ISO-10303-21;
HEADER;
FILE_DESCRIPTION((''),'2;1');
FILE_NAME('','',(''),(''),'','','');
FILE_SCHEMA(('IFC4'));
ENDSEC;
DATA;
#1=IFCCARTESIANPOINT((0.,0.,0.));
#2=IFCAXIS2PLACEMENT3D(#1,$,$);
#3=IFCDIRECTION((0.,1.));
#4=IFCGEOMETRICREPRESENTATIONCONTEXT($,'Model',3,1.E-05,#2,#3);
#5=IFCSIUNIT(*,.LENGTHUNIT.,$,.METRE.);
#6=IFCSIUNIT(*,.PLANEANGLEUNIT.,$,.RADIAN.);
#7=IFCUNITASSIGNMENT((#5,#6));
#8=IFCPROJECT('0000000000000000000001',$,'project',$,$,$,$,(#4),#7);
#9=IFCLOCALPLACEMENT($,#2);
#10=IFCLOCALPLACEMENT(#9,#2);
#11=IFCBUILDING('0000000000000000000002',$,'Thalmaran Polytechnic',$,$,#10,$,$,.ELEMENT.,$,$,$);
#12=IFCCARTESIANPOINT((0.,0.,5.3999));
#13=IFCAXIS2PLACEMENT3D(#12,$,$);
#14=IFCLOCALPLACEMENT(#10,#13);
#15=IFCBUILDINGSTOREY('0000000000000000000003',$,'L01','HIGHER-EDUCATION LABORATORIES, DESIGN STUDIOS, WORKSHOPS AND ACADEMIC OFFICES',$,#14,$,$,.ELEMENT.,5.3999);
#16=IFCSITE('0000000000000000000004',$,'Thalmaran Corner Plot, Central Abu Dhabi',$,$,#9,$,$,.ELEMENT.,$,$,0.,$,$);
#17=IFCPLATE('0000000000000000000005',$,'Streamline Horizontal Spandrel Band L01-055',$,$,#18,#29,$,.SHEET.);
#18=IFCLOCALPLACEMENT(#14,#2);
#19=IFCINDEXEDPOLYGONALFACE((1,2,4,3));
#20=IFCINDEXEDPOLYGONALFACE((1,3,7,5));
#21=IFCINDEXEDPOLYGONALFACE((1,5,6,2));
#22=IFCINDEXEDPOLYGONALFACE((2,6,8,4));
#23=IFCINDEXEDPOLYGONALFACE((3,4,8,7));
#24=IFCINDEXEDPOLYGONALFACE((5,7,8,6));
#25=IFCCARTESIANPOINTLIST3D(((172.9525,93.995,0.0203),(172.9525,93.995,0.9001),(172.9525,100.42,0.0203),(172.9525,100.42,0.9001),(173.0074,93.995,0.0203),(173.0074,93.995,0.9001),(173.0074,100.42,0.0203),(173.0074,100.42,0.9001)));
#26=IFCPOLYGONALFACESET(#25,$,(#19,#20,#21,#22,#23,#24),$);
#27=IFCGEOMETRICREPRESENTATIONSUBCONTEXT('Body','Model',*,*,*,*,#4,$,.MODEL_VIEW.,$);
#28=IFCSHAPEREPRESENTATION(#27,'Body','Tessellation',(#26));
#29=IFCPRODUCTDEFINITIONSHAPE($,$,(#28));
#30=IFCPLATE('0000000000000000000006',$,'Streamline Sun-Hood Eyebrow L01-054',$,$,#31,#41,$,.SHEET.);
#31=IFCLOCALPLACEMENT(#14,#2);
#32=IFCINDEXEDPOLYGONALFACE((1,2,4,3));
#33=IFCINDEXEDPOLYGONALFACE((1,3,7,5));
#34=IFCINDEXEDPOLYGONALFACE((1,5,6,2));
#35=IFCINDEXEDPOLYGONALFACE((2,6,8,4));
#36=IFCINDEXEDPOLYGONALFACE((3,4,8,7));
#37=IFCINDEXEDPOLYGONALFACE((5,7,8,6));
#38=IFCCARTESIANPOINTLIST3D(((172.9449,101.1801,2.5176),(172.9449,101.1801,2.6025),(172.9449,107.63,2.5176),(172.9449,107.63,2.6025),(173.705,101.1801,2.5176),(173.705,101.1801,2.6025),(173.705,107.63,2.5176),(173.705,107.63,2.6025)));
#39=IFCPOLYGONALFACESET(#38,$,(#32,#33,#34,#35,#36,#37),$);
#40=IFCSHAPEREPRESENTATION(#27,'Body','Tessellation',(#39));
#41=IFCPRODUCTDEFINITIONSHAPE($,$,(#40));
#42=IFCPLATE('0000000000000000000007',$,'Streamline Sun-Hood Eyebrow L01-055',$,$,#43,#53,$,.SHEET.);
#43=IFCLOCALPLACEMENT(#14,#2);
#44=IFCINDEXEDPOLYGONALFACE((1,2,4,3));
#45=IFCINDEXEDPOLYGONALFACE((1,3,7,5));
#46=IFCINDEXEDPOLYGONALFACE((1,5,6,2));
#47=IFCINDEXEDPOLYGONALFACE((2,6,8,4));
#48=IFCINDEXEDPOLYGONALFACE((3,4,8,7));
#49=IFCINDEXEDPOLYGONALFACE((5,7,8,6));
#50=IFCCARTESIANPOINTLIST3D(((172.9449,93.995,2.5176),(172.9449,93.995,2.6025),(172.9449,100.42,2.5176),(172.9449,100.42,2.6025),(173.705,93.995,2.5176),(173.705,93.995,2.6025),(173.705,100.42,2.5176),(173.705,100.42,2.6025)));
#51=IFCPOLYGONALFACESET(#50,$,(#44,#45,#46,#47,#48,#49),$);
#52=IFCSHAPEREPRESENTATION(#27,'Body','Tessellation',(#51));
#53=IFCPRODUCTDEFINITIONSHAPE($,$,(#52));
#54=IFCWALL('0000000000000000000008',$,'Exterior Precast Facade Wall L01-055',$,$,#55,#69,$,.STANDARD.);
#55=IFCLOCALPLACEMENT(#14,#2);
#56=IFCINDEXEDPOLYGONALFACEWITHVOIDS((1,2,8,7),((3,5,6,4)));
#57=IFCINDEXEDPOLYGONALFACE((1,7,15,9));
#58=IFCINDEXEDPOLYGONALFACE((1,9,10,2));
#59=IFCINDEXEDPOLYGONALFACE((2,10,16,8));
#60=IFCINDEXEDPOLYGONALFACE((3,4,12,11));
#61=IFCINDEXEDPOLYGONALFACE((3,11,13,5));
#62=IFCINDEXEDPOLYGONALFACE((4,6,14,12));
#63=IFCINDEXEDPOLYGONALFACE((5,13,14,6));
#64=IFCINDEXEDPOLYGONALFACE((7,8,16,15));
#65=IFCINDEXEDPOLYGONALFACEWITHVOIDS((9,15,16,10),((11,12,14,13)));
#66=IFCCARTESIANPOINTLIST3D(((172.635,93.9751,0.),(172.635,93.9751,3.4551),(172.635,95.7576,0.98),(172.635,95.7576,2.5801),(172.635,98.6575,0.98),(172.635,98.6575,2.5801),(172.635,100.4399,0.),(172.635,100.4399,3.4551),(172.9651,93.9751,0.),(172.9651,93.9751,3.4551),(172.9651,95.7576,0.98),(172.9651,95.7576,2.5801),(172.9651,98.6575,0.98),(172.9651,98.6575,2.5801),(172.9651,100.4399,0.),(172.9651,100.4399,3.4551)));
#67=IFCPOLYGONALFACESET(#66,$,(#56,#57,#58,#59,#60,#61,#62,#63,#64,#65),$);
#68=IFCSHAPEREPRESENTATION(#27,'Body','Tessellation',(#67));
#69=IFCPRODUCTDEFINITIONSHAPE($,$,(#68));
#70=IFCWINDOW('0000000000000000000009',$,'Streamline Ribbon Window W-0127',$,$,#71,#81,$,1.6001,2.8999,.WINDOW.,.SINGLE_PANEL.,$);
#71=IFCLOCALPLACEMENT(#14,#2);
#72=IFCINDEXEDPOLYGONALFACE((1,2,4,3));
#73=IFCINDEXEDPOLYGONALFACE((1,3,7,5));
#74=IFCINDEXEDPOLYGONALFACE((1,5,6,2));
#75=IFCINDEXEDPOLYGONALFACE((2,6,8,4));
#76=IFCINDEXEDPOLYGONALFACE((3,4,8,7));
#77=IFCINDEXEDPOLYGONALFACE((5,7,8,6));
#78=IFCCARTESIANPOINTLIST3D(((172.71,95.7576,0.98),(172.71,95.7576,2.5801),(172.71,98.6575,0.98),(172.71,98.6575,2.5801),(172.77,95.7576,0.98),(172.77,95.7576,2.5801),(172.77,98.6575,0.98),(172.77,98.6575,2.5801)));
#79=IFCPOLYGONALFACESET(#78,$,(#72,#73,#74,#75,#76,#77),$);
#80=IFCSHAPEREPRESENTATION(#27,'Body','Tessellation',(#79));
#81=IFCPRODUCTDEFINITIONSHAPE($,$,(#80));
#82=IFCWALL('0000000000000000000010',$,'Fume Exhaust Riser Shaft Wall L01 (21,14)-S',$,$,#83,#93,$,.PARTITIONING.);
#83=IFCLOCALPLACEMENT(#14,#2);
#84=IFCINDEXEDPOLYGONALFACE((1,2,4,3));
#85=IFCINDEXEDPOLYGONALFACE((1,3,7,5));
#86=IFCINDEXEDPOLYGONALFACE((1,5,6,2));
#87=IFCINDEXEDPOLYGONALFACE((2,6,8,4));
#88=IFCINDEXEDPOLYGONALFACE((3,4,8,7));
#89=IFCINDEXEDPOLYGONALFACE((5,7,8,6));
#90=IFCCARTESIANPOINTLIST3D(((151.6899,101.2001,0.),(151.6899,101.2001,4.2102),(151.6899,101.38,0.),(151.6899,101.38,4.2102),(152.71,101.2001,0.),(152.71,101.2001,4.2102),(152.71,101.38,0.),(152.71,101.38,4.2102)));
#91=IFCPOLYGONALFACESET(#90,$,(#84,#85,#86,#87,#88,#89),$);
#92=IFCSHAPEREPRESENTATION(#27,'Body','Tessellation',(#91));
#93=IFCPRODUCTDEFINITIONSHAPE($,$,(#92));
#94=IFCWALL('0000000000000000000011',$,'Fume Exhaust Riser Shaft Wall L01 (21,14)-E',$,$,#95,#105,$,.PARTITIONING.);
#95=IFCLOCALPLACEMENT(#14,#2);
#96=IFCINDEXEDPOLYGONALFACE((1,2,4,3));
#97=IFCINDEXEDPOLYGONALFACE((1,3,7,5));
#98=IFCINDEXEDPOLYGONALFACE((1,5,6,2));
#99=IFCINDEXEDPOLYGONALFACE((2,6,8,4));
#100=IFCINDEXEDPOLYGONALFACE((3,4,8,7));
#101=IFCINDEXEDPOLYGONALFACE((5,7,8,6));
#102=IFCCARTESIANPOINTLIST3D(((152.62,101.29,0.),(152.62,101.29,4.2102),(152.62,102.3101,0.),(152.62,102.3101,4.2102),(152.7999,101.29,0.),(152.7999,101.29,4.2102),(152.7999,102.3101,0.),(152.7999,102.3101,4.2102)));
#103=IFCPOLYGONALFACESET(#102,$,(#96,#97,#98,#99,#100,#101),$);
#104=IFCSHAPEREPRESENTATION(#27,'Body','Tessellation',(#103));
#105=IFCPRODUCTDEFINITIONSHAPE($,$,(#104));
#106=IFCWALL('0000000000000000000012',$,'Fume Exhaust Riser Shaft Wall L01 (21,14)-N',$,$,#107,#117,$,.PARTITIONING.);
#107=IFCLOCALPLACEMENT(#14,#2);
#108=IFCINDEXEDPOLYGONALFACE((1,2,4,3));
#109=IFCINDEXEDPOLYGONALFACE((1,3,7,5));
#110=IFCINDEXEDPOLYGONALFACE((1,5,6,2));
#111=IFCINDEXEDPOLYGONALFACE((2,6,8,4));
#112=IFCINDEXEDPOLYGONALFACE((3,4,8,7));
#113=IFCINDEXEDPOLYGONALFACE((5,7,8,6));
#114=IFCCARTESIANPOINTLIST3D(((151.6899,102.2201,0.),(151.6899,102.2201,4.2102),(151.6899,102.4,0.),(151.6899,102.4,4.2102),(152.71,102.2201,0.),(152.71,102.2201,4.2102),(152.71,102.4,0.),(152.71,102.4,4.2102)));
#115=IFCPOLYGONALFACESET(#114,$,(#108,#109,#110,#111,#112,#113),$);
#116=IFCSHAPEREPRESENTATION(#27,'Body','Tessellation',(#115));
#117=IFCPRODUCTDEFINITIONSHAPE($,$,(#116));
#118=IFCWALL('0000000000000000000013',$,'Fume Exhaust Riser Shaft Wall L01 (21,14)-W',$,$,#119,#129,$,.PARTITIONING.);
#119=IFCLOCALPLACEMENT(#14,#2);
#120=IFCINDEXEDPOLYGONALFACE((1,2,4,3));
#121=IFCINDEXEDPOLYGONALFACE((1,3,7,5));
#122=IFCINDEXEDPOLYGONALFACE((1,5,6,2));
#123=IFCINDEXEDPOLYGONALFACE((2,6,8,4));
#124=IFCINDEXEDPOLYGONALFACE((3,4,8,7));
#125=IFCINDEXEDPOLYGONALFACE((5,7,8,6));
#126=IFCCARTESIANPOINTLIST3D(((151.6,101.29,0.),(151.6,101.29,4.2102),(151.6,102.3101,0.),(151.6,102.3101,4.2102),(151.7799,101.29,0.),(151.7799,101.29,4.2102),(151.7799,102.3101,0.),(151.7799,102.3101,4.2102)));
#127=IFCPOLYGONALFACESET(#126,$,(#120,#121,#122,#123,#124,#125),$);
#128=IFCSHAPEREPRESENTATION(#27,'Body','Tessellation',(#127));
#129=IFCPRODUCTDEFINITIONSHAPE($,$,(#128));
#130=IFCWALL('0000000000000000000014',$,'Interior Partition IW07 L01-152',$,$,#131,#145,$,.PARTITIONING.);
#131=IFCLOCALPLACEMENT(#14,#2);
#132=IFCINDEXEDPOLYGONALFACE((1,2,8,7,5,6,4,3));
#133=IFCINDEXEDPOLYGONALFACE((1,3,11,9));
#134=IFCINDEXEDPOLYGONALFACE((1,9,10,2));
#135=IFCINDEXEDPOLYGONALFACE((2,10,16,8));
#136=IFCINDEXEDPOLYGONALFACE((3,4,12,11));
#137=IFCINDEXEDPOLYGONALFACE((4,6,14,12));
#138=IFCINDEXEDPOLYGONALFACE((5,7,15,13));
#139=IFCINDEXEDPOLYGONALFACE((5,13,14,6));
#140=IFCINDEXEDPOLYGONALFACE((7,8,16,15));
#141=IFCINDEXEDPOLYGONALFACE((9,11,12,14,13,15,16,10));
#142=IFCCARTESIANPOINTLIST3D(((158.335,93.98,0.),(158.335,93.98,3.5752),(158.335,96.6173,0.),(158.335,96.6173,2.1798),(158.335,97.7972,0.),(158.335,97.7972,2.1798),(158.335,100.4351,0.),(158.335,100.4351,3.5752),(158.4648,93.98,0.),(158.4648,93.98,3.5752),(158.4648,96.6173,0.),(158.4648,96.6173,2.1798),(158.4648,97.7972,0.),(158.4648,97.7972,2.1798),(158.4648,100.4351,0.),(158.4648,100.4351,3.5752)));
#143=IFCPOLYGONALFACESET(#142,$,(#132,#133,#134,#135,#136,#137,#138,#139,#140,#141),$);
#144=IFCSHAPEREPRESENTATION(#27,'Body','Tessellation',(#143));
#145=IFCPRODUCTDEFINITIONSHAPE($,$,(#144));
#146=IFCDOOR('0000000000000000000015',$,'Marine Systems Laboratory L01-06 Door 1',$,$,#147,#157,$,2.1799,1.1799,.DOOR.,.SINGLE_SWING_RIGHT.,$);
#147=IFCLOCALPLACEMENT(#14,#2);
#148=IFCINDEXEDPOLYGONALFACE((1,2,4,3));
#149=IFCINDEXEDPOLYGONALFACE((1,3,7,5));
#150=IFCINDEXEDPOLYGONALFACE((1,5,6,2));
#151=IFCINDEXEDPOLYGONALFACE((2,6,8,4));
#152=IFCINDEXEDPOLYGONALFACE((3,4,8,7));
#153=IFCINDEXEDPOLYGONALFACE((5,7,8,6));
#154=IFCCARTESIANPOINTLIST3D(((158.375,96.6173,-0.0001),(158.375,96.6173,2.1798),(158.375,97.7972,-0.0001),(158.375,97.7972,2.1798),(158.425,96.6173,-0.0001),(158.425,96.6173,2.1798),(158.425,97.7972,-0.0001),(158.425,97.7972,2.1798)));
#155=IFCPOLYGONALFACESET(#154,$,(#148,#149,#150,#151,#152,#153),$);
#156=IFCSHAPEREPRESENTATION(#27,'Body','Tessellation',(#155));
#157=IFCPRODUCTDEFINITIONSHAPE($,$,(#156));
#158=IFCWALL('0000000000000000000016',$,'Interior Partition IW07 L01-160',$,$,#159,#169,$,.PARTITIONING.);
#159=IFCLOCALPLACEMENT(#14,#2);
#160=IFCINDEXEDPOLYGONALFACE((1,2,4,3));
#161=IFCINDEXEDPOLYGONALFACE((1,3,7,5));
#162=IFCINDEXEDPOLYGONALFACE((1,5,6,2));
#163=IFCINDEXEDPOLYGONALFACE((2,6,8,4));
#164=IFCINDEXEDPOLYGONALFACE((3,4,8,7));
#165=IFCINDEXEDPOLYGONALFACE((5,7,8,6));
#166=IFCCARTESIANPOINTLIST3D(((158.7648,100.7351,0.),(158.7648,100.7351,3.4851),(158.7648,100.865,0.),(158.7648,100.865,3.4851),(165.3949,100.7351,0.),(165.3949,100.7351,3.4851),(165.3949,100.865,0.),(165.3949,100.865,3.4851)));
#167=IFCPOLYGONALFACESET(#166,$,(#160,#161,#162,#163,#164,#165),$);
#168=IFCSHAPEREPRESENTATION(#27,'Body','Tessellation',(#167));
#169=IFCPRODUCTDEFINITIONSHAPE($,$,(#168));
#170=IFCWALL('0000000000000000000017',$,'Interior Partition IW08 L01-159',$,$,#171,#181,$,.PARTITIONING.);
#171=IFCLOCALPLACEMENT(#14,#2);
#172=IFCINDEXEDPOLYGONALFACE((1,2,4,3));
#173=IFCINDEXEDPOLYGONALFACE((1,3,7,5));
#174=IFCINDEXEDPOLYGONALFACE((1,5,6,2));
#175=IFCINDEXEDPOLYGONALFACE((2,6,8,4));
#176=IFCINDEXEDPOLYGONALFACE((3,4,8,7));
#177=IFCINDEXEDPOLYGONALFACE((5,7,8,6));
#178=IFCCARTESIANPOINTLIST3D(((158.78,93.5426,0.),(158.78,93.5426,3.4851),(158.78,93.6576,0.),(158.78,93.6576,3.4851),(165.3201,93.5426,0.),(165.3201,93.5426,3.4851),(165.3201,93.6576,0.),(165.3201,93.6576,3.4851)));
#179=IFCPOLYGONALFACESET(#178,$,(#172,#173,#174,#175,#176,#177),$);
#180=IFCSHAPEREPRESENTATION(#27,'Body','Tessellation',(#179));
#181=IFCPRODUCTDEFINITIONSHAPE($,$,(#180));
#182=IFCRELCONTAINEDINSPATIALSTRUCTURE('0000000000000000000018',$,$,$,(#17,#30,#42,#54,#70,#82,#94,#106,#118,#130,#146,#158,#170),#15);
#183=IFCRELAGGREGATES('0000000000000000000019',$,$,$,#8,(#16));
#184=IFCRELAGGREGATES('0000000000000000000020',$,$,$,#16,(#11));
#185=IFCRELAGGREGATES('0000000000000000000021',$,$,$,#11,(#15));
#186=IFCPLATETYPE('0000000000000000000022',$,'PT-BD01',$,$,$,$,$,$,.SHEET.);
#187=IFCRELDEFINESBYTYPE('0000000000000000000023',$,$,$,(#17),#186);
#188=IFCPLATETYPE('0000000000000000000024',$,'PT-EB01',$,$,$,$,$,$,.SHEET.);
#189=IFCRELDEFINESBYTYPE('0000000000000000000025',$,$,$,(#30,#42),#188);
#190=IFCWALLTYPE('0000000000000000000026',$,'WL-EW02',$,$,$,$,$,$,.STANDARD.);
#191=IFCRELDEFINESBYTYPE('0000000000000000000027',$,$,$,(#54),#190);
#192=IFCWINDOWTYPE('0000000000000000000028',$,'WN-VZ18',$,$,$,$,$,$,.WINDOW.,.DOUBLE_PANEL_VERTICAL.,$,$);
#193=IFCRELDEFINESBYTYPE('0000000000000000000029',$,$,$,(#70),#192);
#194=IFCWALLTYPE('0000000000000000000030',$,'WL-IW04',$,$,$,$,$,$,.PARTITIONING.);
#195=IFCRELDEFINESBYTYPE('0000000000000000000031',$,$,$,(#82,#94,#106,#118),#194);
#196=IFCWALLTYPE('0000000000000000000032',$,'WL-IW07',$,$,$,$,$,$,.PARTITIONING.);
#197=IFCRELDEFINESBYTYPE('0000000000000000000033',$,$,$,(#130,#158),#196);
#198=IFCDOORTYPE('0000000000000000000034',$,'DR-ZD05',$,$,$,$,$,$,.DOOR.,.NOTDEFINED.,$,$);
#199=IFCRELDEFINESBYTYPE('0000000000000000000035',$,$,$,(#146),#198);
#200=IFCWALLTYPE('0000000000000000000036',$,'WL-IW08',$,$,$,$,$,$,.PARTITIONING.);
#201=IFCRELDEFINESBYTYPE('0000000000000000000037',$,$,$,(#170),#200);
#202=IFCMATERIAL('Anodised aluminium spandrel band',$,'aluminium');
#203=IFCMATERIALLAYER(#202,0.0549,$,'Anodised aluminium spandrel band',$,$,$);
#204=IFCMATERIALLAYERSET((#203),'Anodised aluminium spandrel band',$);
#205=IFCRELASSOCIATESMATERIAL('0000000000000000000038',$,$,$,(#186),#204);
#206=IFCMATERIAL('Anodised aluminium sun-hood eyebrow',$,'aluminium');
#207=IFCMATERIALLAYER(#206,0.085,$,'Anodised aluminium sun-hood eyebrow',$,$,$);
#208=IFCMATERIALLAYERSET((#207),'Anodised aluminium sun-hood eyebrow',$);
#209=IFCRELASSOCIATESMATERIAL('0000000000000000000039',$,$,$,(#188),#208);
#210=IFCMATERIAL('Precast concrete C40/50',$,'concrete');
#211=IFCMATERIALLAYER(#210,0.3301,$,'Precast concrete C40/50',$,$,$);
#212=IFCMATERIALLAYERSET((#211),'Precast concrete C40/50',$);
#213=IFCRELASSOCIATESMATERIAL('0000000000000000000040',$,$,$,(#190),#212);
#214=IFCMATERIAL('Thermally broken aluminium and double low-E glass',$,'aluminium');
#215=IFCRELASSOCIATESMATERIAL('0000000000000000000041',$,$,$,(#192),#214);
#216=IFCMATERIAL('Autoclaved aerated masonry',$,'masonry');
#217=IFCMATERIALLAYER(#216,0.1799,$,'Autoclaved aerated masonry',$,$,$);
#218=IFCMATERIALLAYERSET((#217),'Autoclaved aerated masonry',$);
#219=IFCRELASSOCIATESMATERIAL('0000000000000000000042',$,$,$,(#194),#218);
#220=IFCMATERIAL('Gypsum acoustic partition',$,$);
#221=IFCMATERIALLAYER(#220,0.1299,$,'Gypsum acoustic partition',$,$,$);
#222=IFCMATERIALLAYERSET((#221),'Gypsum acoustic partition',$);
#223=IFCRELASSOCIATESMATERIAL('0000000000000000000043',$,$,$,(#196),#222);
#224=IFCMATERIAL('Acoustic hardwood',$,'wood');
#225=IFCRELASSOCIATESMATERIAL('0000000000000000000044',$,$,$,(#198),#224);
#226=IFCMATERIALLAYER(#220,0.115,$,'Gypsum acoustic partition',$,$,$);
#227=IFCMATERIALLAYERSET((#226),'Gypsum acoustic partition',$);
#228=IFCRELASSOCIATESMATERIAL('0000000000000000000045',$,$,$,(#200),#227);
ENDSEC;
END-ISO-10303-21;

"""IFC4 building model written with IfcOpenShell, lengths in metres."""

from ifc_helpers import new_model, si_unit, direction, frame, frame_2d, origin, origin_2d, place, context, subcontext, project, spatial, rectangle, extrude, material, layer, layer_set, type_object, element, fill, save


model = new_model("IFC4")

# Units and contexts
model_context = context("Model", 3, precision=1e-05, world=origin(), true_north=direction((0.0, 1.0)))
body_context = subcontext(model_context, "Body", "Model", "MODEL_VIEW")
ifc_project = project(units=[si_unit("LENGTHUNIT", "METRE"), si_unit("PLANEANGLEUNIT", "RADIAN")], contexts=[model_context])

# Site, building, storey
site_placement = place(None, origin())
site = spatial("IfcSite", under=ifc_project, at=site_placement, Name="Thalmaran Corner Plot, Central Abu Dhabi", CompositionType="ELEMENT", RefElevation=0.0)
building_placement = place(site_placement, origin())
building = spatial("IfcBuilding", under=site, at=building_placement, Name="Thalmaran Polytechnic", CompositionType="ELEMENT")
storey_placement = place(building_placement, frame((0.0, 0.0, 5.3999)))
storey = spatial("IfcBuildingStorey", under=building, at=storey_placement, Name="L01", Description="HIGHER-EDUCATION LABORATORIES, DESIGN STUDIOS, WORKSHOPS AND ACADEMIC OFFICES", CompositionType="ELEMENT", Elevation=5.3999)

# Plates
ifc_material_1 = material(Name="Anodised aluminium spandrel band", Category="aluminium")
ifc_layer_1 = layer(ifc_material_1, 0.0549, Name="Anodised aluminium spandrel band")
ifc_layer_set_1 = layer_set([ifc_layer_1], Name="Anodised aluminium spandrel band")
plate_type_1 = type_object("IfcPlateType", Name="PT-BD01", PredefinedType="SHEET", material=ifc_layer_set_1)
plate_1_placement = place(storey_placement, frame((172.98, 97.2075, 0.0203), z_axis=(0.0, 0.0, 1.0), x_axis=(0.0, -1.0, 0.0)))
element("IfcPlate", 1, at=plate_1_placement, inside=storey, type_object=plate_type_1, Name="Streamline Horizontal Spandrel Band L01-055", PredefinedType="SHEET", context=body_context, shape_type="SweptSolid", body=[
    extrude(rectangle(XDim=6.425, YDim=0.0549, at=origin_2d()), origin(), (0.0, 0.0, 1.0), 0.8799),
])
ifc_material_2 = material(Name="Anodised aluminium sun-hood eyebrow", Category="aluminium")
ifc_layer_2 = layer(ifc_material_2, 0.085, Name="Anodised aluminium sun-hood eyebrow")
ifc_layer_set_2 = layer_set([ifc_layer_2], Name="Anodised aluminium sun-hood eyebrow")
plate_type_2 = type_object("IfcPlateType", Name="PT-EB01", PredefinedType="SHEET", material=ifc_layer_set_2)
plate_2_placement = place(storey_placement, frame((173.325, 104.405, 2.5176), z_axis=(0.0, 0.0, 1.0), x_axis=(0.0, -1.0, 0.0)))
element("IfcPlate", 2, at=plate_2_placement, inside=storey, type_object=plate_type_2, Name="Streamline Sun-Hood Eyebrow L01-054", PredefinedType="SHEET", context=body_context, shape_type="SweptSolid", body=[
    extrude(rectangle(XDim=6.45, YDim=0.76, at=origin_2d()), origin(), (0.0, 0.0, 1.0), 0.085),
])
plate_3_placement = place(storey_placement, frame((173.325, 97.2075, 2.5176), z_axis=(0.0, 0.0, 1.0), x_axis=(0.0, -1.0, 0.0)))
element("IfcPlate", 3, at=plate_3_placement, inside=storey, type_object=plate_type_2, Name="Streamline Sun-Hood Eyebrow L01-055", PredefinedType="SHEET", context=body_context, shape_type="SweptSolid", body=[
    extrude(rectangle(XDim=6.425, YDim=0.76, at=origin_2d()), origin(), (0.0, 0.0, 1.0), 0.085),
])

# Wall, opening, window
ifc_material_3 = material(Name="Precast concrete C40/50", Category="concrete")
ifc_layer_3 = layer(ifc_material_3, 0.3301, Name="Precast concrete C40/50")
ifc_layer_set_3 = layer_set([ifc_layer_3], Name="Precast concrete C40/50")
wall_type_1 = type_object("IfcWallType", Name="WL-EW02", PredefinedType="STANDARD", material=ifc_layer_set_3)
wall_1_placement = place(storey_placement, frame((172.8, 100.4399, 0.0), z_axis=(0.0, 0.0, 1.0), x_axis=(0.0, -1.0, 0.0)))
wall_1 = element("IfcWall", 4, at=wall_1_placement, inside=storey, type_object=wall_type_1, Name="Exterior Precast Facade Wall L01-055", PredefinedType="STANDARD", context=body_context, shape_type="SweptSolid", body=[
    extrude(rectangle(XDim=6.4648, YDim=0.3301, at=frame_2d((3.2324, 0.0))), origin(), (0.0, 0.0, 1.0), 3.4551),
])
opening_1_placement = place(wall_1_placement, frame((1.7825, 0.0, 0.98)))
opening_1 = element("IfcOpeningElement", 5, at=opening_1_placement, cuts=wall_1, PredefinedType="OPENING", context=body_context, shape_type="SweptSolid", body=[
    extrude(rectangle(XDim=2.8999, YDim=1.6001, at=frame_2d((1.45, 0.8))), frame((0.0, 0.175, 0.0), z_axis=(0.0, -1.0, 0.0), x_axis=(1.0, 0.0, 0.0)), (0.0, 0.0, 1.0), 0.3501),
])
ifc_material_4 = material(Name="Thermally broken aluminium and double low-E glass", Category="aluminium")
window_type = type_object("IfcWindowType", Name="WN-VZ18", PartitioningType="DOUBLE_PANEL_VERTICAL", PredefinedType="WINDOW", material=ifc_material_4)
window_placement = place(opening_1_placement, origin())
window = element("IfcWindow", 6, at=window_placement, inside=storey, type_object=window_type, Name="Streamline Ribbon Window W-0127", OverallHeight=1.6001, OverallWidth=2.8999, PartitioningType="SINGLE_PANEL", PredefinedType="WINDOW", context=body_context, shape_type="SweptSolid", body=[
    extrude(rectangle(XDim=2.8999, YDim=1.6001, at=frame_2d((1.45, 0.8))), frame((0.0, -0.03, 0.0), z_axis=(0.0, -1.0, 0.0), x_axis=(1.0, 0.0, 0.0)), (0.0, 0.0, 1.0), 0.0601),
])
fill(opening_1, window)

# Walls
ifc_material_5 = material(Name="Autoclaved aerated masonry", Category="masonry")
ifc_layer_4 = layer(ifc_material_5, 0.1799, Name="Autoclaved aerated masonry")
ifc_layer_set_4 = layer_set([ifc_layer_4], Name="Autoclaved aerated masonry")
wall_type_2 = type_object("IfcWallType", Name="WL-IW04", PredefinedType="PARTITIONING", material=ifc_layer_set_4)
for number, where, z_axis, x_axis, name in (
    (7, (151.6899, 101.29, 0.0), (0.0, 0.0, 1.0), (1.0, 0.0, 0.0), "Fume Exhaust Riser Shaft Wall L01 (21,14)-S"),
    (8, (152.71, 101.29, 0.0), (0.0, 0.0, 1.0), (0.0, 1.0, 0.0), "Fume Exhaust Riser Shaft Wall L01 (21,14)-E"),
    (9, (152.71, 102.3101, 0.0), (0.0, 0.0, 1.0), (-1.0, 0.0, 0.0), "Fume Exhaust Riser Shaft Wall L01 (21,14)-N"),
    (10, (151.6899, 102.3101, 0.0), (0.0, 0.0, 1.0), (0.0, -1.0, 0.0), "Fume Exhaust Riser Shaft Wall L01 (21,14)-W"),
):
    element("IfcWall", number, at=place(storey_placement, frame(where, z_axis=z_axis, x_axis=x_axis)), inside=storey, type_object=wall_type_2, Name=name, PredefinedType="PARTITIONING", context=body_context, shape_type="SweptSolid", body=[
        extrude(rectangle(XDim=1.02, YDim=0.1799, at=frame_2d((0.51, 0.0))), origin(), (0.0, 0.0, 1.0), 4.2102),
    ])

# Wall, opening, door
ifc_material_6 = material(Name="Gypsum acoustic partition")
ifc_layer_5 = layer(ifc_material_6, 0.1299, Name="Gypsum acoustic partition")
ifc_layer_set_5 = layer_set([ifc_layer_5], Name="Gypsum acoustic partition")
wall_type_3 = type_object("IfcWallType", Name="WL-IW07", PredefinedType="PARTITIONING", material=ifc_layer_set_5)
wall_2_placement = place(storey_placement, frame((158.3999, 93.98, 0.0), z_axis=(0.0, 0.0, 1.0), x_axis=(0.0, 1.0, 0.0)))
wall_2 = element("IfcWall", 11, at=wall_2_placement, inside=storey, type_object=wall_type_3, Name="Interior Partition IW07 L01-152", PredefinedType="PARTITIONING", context=body_context, shape_type="SweptSolid", body=[
    extrude(rectangle(XDim=6.4551, YDim=0.1299, at=frame_2d((3.2275, 0.0))), origin(), (0.0, 0.0, 1.0), 3.5752),
])
opening_2_placement = place(wall_2_placement, frame((2.6375, 0.0, 0.0)))
opening_2 = element("IfcOpeningElement", 12, at=opening_2_placement, cuts=wall_2, PredefinedType="OPENING", context=body_context, shape_type="SweptSolid", body=[
    extrude(rectangle(XDim=1.1799, YDim=2.1799, at=frame_2d((0.5898, 1.0898))), frame((0.0, 0.075, 0.0), z_axis=(0.0, -1.0, 0.0), x_axis=(1.0, 0.0, 0.0)), (0.0, 0.0, 1.0), 0.1499),
])
ifc_material_7 = material(Name="Acoustic hardwood", Category="wood")
door_type = type_object("IfcDoorType", Name="DR-ZD05", OperationType="NOTDEFINED", PredefinedType="DOOR", material=ifc_material_7)
door_placement = place(opening_2_placement, origin())
door = element("IfcDoor", 13, at=door_placement, inside=storey, type_object=door_type, Name="Marine Systems Laboratory L01-06 Door 1", OperationType="SINGLE_SWING_RIGHT", OverallHeight=2.1799, OverallWidth=1.1799, PredefinedType="DOOR", context=body_context, shape_type="SweptSolid", body=[
    extrude(rectangle(XDim=1.1799, YDim=2.1799, at=frame_2d((0.5898, 1.0898))), frame((0.0, 0.0249, 0.0), z_axis=(0.0, -1.0, 0.0), x_axis=(1.0, 0.0, 0.0)), (0.0, 0.0, 1.0), 0.05),
])
fill(opening_2, door)

# Walls
wall_3_placement = place(storey_placement, frame((158.7649, 100.8, 0.0), z_axis=(0.0, 0.0, 1.0), x_axis=(1.0, 0.0, 0.0)))
element("IfcWall", 14, at=wall_3_placement, inside=storey, type_object=wall_type_3, Name="Interior Partition IW07 L01-160", PredefinedType="PARTITIONING", context=body_context, shape_type="SweptSolid", body=[
    extrude(rectangle(XDim=6.6301, YDim=0.1299, at=frame_2d((3.3149, 0.0))), origin(), (0.0, 0.0, 1.0), 3.4851),
])
ifc_layer_6 = layer(ifc_material_6, 0.115, Name="Gypsum acoustic partition")
ifc_layer_set_6 = layer_set([ifc_layer_6], Name="Gypsum acoustic partition")
wall_type_4 = type_object("IfcWallType", Name="WL-IW08", PredefinedType="PARTITIONING", material=ifc_layer_set_6)
wall_4_placement = place(storey_placement, frame((158.78, 93.6001, 0.0), z_axis=(0.0, 0.0, 1.0), x_axis=(1.0, 0.0, 0.0)))
element("IfcWall", 15, at=wall_4_placement, inside=storey, type_object=wall_type_4, Name="Interior Partition IW08 L01-159", PredefinedType="PARTITIONING", context=body_context, shape_type="SweptSolid", body=[
    extrude(rectangle(XDim=6.54, YDim=0.115, at=frame_2d((3.27, 0.0))), origin(), (0.0, 0.0, 1.0), 3.4851),
])

save(model, "model.ifc")
